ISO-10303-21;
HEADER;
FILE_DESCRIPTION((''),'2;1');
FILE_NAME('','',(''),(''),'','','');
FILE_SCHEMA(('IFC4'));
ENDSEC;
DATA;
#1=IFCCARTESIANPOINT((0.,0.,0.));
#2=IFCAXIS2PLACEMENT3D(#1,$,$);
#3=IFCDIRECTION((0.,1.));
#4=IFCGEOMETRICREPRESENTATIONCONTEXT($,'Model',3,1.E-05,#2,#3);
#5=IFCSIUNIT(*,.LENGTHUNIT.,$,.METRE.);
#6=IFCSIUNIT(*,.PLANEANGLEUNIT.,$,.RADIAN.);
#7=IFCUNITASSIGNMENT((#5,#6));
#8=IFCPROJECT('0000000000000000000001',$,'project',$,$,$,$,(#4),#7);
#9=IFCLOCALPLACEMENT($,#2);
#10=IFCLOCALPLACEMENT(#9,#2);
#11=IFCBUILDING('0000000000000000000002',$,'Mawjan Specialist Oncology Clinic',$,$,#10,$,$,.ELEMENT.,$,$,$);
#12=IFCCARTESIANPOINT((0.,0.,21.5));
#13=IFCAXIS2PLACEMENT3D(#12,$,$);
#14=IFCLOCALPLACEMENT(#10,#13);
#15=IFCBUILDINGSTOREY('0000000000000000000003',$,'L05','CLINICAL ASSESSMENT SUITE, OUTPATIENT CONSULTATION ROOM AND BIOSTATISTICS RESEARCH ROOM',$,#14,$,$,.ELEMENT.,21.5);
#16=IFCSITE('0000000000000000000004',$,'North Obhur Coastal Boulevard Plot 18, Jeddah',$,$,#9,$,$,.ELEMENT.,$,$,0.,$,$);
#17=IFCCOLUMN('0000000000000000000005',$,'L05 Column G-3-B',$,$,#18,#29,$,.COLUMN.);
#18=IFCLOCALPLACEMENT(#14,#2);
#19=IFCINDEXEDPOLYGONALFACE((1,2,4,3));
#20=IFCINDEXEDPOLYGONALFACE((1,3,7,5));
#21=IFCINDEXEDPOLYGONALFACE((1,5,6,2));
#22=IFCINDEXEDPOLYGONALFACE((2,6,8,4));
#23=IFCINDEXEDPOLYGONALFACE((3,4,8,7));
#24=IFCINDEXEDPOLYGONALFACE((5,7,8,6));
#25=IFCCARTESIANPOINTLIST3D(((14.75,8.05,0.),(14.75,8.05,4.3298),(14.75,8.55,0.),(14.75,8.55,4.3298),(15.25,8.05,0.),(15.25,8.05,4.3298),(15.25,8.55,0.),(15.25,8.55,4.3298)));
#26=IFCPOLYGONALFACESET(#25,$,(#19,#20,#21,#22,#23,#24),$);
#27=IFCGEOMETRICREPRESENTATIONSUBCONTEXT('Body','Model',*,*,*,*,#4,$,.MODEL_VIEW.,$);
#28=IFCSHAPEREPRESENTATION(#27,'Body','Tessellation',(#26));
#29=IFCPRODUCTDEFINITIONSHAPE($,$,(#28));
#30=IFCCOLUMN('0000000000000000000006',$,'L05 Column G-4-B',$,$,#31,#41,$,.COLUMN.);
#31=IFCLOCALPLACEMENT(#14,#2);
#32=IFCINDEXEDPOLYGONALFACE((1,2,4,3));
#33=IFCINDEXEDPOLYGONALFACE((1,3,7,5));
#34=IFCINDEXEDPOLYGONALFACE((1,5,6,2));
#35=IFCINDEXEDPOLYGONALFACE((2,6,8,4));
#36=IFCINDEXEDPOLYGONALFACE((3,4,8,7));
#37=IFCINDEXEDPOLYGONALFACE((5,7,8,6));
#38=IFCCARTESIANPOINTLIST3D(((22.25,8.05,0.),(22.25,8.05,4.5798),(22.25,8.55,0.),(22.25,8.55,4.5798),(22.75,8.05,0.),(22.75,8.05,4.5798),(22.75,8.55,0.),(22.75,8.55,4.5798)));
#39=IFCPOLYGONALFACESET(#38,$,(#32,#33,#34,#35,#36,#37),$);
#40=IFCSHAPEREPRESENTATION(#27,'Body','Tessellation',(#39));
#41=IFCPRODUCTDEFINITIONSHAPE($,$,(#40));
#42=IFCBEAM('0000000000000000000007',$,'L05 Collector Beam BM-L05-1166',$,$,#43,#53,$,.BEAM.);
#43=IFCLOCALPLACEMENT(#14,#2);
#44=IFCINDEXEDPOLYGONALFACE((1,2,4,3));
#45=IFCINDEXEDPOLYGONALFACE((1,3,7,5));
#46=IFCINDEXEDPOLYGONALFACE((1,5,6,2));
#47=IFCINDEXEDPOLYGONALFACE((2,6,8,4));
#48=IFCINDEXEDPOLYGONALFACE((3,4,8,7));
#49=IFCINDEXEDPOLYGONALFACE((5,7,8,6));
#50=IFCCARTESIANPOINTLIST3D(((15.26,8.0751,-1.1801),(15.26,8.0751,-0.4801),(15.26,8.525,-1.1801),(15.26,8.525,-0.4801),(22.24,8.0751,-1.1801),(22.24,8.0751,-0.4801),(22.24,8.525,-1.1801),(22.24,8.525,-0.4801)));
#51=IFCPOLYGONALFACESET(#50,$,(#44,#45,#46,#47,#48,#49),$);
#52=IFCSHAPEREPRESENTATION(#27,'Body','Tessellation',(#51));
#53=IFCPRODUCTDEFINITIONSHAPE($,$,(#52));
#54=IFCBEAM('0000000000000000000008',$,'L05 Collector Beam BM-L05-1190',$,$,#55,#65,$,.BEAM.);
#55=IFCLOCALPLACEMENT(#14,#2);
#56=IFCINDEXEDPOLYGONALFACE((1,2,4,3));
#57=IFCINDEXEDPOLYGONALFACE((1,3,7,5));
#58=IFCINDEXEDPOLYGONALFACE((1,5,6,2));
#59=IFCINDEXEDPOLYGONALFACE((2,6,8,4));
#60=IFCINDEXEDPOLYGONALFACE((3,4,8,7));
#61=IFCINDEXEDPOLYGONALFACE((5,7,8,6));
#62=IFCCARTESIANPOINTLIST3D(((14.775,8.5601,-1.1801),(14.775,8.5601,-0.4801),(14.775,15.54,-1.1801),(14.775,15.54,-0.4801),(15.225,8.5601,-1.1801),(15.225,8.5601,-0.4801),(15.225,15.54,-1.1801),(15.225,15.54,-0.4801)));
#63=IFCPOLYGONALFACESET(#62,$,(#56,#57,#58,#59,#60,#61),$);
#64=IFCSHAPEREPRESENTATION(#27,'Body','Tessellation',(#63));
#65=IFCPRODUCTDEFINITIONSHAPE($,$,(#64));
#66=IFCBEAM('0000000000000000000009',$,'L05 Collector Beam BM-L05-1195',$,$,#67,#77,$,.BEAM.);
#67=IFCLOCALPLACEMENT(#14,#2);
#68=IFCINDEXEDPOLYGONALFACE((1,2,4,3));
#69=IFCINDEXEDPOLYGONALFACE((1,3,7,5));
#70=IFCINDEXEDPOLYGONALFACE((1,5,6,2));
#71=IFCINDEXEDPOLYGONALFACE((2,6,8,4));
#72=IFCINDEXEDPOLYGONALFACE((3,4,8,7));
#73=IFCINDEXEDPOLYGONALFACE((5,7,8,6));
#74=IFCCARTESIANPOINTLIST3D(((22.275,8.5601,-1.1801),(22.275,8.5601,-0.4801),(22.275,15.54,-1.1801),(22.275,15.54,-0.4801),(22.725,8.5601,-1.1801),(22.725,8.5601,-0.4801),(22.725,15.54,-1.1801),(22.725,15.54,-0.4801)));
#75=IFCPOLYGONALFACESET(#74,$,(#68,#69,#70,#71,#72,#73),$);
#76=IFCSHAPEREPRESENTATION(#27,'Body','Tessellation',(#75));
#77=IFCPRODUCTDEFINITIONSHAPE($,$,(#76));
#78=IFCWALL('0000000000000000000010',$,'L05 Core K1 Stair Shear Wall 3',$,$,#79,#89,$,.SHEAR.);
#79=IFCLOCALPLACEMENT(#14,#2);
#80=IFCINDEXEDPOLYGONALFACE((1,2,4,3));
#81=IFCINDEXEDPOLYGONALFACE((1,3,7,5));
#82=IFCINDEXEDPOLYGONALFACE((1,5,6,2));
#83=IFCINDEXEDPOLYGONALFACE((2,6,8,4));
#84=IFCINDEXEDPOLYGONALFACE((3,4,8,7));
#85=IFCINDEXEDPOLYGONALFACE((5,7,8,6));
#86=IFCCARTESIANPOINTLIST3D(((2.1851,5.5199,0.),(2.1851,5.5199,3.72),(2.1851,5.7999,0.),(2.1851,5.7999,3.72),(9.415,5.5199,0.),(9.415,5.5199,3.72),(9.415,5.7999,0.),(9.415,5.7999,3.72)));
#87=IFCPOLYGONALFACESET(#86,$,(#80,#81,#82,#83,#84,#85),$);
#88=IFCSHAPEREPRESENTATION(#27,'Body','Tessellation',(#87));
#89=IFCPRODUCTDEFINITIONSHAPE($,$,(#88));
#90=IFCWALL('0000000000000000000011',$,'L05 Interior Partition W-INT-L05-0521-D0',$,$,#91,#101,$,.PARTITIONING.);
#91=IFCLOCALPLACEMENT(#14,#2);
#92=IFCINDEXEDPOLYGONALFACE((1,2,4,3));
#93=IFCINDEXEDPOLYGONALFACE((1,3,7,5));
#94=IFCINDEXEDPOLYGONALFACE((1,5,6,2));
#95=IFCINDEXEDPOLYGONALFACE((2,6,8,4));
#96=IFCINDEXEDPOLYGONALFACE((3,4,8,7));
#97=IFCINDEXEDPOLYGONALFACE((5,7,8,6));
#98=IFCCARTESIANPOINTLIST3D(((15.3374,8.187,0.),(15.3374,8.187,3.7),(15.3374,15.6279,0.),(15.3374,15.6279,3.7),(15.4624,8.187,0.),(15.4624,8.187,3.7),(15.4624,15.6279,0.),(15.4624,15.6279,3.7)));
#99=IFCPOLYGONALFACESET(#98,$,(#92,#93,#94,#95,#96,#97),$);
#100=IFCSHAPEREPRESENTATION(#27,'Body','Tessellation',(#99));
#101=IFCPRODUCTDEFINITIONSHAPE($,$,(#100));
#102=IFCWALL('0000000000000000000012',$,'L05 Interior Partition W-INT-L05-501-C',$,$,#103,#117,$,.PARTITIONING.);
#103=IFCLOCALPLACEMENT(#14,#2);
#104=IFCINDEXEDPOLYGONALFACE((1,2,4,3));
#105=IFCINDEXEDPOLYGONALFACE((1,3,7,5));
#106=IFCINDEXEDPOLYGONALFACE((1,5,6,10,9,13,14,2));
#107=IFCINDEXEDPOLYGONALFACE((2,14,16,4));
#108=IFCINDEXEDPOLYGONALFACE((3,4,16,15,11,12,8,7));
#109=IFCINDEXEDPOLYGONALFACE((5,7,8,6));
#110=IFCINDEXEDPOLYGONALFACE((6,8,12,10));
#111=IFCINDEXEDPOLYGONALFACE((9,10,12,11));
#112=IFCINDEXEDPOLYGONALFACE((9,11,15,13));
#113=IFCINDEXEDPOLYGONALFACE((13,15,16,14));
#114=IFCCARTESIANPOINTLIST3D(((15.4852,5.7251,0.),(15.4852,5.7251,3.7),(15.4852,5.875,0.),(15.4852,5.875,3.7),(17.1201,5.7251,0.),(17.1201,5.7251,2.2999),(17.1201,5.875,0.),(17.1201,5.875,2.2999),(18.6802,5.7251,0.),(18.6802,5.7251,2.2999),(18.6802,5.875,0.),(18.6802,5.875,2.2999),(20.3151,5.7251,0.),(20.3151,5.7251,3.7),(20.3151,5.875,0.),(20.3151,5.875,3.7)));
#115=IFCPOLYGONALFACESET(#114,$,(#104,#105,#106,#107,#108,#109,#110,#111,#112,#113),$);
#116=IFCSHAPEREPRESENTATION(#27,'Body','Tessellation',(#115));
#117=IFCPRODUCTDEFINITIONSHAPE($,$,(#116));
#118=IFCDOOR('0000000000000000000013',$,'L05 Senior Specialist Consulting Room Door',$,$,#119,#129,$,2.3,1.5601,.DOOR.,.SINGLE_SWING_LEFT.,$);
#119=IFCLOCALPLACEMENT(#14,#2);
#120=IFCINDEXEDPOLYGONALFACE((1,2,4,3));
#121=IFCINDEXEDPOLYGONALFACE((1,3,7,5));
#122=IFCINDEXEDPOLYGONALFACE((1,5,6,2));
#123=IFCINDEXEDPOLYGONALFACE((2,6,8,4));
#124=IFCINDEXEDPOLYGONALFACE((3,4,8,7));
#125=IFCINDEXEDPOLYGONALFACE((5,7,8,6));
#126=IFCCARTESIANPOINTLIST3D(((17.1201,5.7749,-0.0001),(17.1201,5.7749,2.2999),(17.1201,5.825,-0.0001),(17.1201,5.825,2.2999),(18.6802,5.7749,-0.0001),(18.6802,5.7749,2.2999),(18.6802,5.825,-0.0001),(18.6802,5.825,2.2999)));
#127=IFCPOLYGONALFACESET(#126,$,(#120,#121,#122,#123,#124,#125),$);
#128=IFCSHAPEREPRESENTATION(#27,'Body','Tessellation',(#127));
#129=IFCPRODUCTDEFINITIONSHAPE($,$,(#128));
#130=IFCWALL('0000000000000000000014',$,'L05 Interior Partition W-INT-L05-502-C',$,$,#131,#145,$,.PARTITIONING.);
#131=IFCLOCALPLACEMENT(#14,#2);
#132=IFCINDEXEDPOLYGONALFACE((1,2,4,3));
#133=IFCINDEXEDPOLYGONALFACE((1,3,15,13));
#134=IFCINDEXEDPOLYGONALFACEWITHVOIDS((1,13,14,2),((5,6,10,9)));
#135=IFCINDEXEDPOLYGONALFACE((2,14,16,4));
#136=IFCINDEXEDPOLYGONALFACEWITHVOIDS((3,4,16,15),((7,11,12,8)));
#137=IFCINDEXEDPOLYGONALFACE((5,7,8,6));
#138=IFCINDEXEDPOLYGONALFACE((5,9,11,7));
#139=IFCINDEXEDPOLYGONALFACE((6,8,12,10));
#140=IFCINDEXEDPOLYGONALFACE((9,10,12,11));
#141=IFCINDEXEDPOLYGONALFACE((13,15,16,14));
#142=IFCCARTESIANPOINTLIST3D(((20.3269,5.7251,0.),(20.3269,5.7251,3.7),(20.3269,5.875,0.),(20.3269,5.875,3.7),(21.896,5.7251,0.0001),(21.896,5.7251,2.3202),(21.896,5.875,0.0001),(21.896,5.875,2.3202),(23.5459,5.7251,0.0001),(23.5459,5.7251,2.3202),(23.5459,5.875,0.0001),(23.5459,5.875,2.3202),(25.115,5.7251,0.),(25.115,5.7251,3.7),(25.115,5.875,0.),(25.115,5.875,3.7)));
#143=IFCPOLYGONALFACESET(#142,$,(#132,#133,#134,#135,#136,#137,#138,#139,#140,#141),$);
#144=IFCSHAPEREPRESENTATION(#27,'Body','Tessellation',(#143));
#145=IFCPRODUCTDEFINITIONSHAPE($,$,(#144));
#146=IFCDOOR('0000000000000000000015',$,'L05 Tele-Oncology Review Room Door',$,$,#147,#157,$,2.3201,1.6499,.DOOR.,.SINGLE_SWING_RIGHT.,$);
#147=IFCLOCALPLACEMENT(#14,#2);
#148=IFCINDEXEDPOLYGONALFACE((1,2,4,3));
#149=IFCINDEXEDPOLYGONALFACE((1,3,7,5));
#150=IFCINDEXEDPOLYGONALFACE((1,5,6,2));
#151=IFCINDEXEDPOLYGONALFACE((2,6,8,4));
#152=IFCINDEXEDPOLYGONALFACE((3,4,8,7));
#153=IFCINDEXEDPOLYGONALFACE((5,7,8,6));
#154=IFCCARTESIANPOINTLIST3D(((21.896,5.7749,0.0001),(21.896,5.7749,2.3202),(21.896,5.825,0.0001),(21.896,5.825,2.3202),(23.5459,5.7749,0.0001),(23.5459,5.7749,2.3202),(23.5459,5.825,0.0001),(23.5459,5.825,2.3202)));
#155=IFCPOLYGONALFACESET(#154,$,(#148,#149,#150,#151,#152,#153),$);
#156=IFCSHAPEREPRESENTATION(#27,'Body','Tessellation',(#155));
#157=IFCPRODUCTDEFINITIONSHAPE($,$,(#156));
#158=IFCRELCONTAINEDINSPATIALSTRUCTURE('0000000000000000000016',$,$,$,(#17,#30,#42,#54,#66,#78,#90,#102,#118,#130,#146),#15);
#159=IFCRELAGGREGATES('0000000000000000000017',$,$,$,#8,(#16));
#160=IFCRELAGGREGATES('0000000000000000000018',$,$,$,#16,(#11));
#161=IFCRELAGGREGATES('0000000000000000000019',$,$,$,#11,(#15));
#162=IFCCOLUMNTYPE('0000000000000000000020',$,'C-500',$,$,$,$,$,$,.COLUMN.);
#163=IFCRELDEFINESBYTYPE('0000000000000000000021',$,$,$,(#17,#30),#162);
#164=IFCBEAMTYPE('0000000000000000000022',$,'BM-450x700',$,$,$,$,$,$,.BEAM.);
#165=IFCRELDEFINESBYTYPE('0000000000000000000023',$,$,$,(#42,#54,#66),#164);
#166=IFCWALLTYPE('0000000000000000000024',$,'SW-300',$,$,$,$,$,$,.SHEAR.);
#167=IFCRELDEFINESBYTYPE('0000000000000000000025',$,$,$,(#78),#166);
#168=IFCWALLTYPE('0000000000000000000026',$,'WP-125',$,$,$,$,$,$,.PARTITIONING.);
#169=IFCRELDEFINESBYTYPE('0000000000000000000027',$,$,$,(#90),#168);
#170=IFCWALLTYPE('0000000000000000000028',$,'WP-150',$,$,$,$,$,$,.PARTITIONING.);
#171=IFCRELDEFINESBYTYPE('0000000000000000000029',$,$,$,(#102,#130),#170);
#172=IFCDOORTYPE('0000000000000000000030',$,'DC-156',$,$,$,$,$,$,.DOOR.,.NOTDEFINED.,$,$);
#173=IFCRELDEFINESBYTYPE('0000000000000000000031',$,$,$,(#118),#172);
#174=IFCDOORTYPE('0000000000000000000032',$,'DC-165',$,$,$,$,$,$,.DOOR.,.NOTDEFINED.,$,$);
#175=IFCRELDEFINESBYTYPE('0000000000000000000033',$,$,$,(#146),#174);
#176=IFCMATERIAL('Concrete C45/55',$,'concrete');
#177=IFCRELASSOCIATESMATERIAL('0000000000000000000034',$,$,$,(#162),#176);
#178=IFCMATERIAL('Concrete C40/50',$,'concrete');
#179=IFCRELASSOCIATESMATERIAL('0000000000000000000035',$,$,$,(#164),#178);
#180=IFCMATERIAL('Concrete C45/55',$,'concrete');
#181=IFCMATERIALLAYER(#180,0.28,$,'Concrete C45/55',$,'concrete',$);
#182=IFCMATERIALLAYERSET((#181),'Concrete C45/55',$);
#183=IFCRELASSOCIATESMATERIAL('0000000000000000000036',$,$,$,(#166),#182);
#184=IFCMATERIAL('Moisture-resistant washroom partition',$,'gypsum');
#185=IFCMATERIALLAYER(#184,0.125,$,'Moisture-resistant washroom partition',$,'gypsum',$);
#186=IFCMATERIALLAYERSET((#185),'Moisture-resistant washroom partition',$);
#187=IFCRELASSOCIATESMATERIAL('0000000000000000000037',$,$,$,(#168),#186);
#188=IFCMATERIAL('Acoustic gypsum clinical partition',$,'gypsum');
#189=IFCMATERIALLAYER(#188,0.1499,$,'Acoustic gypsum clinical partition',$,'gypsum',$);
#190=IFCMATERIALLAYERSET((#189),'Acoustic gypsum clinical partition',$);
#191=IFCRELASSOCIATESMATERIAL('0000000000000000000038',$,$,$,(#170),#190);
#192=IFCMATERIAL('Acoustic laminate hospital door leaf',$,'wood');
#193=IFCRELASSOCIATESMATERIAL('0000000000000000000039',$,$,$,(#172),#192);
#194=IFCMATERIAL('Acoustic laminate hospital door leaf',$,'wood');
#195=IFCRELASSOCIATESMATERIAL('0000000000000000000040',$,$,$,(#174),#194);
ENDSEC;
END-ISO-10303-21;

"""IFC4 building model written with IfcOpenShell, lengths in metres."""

from ifc_helpers import new_model, si_unit, direction, frame, frame_2d, origin, origin_2d, place, context, subcontext, project, spatial, rectangle, extrude, material, layer, layer_set, material_profile, profile_set, type_object, element, fill, save


model = new_model("IFC4")

# Units and contexts
model_context = context("Model", 3, precision=1e-05, world=origin(), true_north=direction((0.0, 1.0)))
body_context = subcontext(model_context, "Body", "Model", "MODEL_VIEW")
ifc_project = project(units=[si_unit("LENGTHUNIT", "METRE"), si_unit("PLANEANGLEUNIT", "RADIAN")], contexts=[model_context])

# Site, building, storey
site_placement = place(None, origin())
site = spatial("IfcSite", under=ifc_project, at=site_placement, Name="North Obhur Coastal Boulevard Plot 18, Jeddah", CompositionType="ELEMENT", RefElevation=0.0)
building_placement = place(site_placement, origin())
building = spatial("IfcBuilding", under=site, at=building_placement, Name="Mawjan Specialist Oncology Clinic", CompositionType="ELEMENT")
storey_placement = place(building_placement, frame((0.0, 0.0, 21.5)))
storey = spatial("IfcBuildingStorey", under=building, at=storey_placement, Name="L05", Description="CLINICAL ASSESSMENT SUITE, OUTPATIENT CONSULTATION ROOM AND BIOSTATISTICS RESEARCH ROOM", CompositionType="ELEMENT", Elevation=21.5)

# Columns
ifc_material_1 = material(Name="Concrete C45/55", Category="concrete")
ifc_material_profile_1 = material_profile(ifc_material_1, rectangle(XDim=0.5, YDim=0.5, at=origin_2d()), Name="RC COL 500x500", Category="concrete")
ifc_profile_set_1 = profile_set([ifc_material_profile_1], Name="Concrete C45/55")
column_type = type_object("IfcColumnType", Name="C-500", PredefinedType="COLUMN", material=ifc_profile_set_1)
column_1_placement = place(storey_placement, frame((15.0, 8.3, 0.0), z_axis=(0.0, 0.0, 1.0), x_axis=(1.0, 0.0, 0.0)))
element("IfcColumn", 1, at=column_1_placement, inside=storey, type_object=column_type, Name="L05 Column G-3-B", PredefinedType="COLUMN", context=body_context, shape_type="SweptSolid", body=[
    extrude(rectangle(XDim=0.5, YDim=0.5, at=origin_2d()), origin(), (0.0, 0.0, 1.0), 4.3298),
])
column_2_placement = place(storey_placement, frame((22.5, 8.3, 0.0), z_axis=(0.0, 0.0, 1.0), x_axis=(1.0, 0.0, 0.0)))
element("IfcColumn", 2, at=column_2_placement, inside=storey, type_object=column_type, Name="L05 Column G-4-B", PredefinedType="COLUMN", context=body_context, shape_type="SweptSolid", body=[
    extrude(rectangle(XDim=0.5, YDim=0.5, at=origin_2d()), origin(), (0.0, 0.0, 1.0), 4.5798),
])

# Beams
ifc_material_2 = material(Name="Concrete C40/50", Category="concrete")
ifc_material_profile_2 = material_profile(ifc_material_2, rectangle(XDim=0.45, YDim=0.7, at=origin_2d()), Name="RC BM 450x700", Category="concrete")
ifc_profile_set_2 = profile_set([ifc_material_profile_2], Name="Concrete C40/50")
beam_type = type_object("IfcBeamType", Name="BM-450x700", PredefinedType="BEAM", material=ifc_profile_set_2)
for number, where, z_axis, x_axis, name in (
    (3, (15.26, 8.3, -0.8301), (1.0, 0.0, 0.0), (0.0, 1.0, 0.0), "L05 Collector Beam BM-L05-1166"),
    (4, (15.0, 8.5601, -0.8301), (0.0, 1.0, 0.0), (-1.0, 0.0, 0.0), "L05 Collector Beam BM-L05-1190"),
    (5, (22.5, 8.5601, -0.8301), (0.0, 1.0, 0.0), (-1.0, 0.0, 0.0), "L05 Collector Beam BM-L05-1195"),
):
    element("IfcBeam", number, at=place(storey_placement, frame(where, z_axis=z_axis, x_axis=x_axis)), inside=storey, type_object=beam_type, Name=name, PredefinedType="BEAM", context=body_context, shape_type="SweptSolid", body=[
        extrude(rectangle(XDim=0.45, YDim=0.7, at=origin_2d()), origin(), (0.0, 0.0, 1.0), 6.98),
    ])

# Wall
ifc_material_3 = material(Name="Concrete C45/55", Category="concrete")
ifc_layer_1 = layer(ifc_material_3, 0.28, Name="Concrete C45/55", Category="concrete")
ifc_layer_set_1 = layer_set([ifc_layer_1], Name="Concrete C45/55")
wall_type_1 = type_object("IfcWallType", Name="SW-300", PredefinedType="SHEAR", material=ifc_layer_set_1)
wall_1_placement = place(storey_placement, frame((9.415, 5.6599, 0.0), z_axis=(0.0, 0.0, 1.0), x_axis=(-1.0, 0.0, 0.0)))
element("IfcWall", 6, at=wall_1_placement, inside=storey, type_object=wall_type_1, Name="L05 Core K1 Stair Shear Wall 3", PredefinedType="SHEAR", context=body_context, shape_type="SweptSolid", body=[
    extrude(rectangle(XDim=7.23, YDim=0.28, at=frame_2d((3.615, 0.0))), origin(), (0.0, 0.0, 1.0), 3.72),
])

# Wall
ifc_material_4 = material(Name="Moisture-resistant washroom partition", Category="gypsum")
ifc_layer_2 = layer(ifc_material_4, 0.125, Name="Moisture-resistant washroom partition", Category="gypsum")
ifc_layer_set_2 = layer_set([ifc_layer_2], Name="Moisture-resistant washroom partition")
wall_type_2 = type_object("IfcWallType", Name="WP-125", PredefinedType="PARTITIONING", material=ifc_layer_set_2)
wall_2_placement = place(storey_placement, frame((15.3999, 8.187, 0.0), z_axis=(0.0, 0.0, 1.0), x_axis=(0.0, 1.0, 0.0)))
element("IfcWall", 7, at=wall_2_placement, inside=storey, type_object=wall_type_2, Name="L05 Interior Partition W-INT-L05-0521-D0", PredefinedType="PARTITIONING", context=body_context, shape_type="SweptSolid", body=[
    extrude(rectangle(XDim=7.4409, YDim=0.125, at=frame_2d((3.7205, 0.0))), origin(), (0.0, 0.0, 1.0), 3.7),
])

# Walls, openings, doors
ifc_material_5 = material(Name="Acoustic gypsum clinical partition", Category="gypsum")
ifc_layer_3 = layer(ifc_material_5, 0.1499, Name="Acoustic gypsum clinical partition", Category="gypsum")
ifc_layer_set_3 = layer_set([ifc_layer_3], Name="Acoustic gypsum clinical partition")
wall_type_3 = type_object("IfcWallType", Name="WP-150", PredefinedType="PARTITIONING", material=ifc_layer_set_3)
wall_3_placement = place(storey_placement, frame((15.4851, 5.8, 0.0), z_axis=(0.0, 0.0, 1.0), x_axis=(1.0, 0.0, 0.0)))
wall_3 = element("IfcWall", 8, at=wall_3_placement, inside=storey, type_object=wall_type_3, Name="L05 Interior Partition W-INT-L05-501-C", PredefinedType="PARTITIONING", context=body_context, shape_type="SweptSolid", body=[
    extrude(rectangle(XDim=4.8298, YDim=0.1499, at=frame_2d((2.415, 0.0))), origin(), (0.0, 0.0, 1.0), 3.7),
])
opening_1_placement = place(wall_3_placement, frame((1.635, 0.0, 0.0)))
opening_1 = element("IfcOpeningElement", 9, at=opening_1_placement, cuts=wall_3, PredefinedType="OPENING", context=body_context, shape_type="SweptSolid", body=[
    extrude(rectangle(XDim=1.5601, YDim=2.3, at=frame_2d((0.78, 1.1499))), frame((0.0, 0.0869, 0.0), z_axis=(0.0, -1.0, 0.0), x_axis=(1.0, 0.0, 0.0)), (0.0, 0.0, 1.0), 0.1738),
])
ifc_material_6 = material(Name="Acoustic laminate hospital door leaf", Category="wood")
door_type_1 = type_object("IfcDoorType", Name="DC-156", OperationType="NOTDEFINED", PredefinedType="DOOR", material=ifc_material_6)
door_1_placement = place(opening_1_placement, origin())
door_1 = element("IfcDoor", 10, at=door_1_placement, inside=storey, type_object=door_type_1, Name="L05 Senior Specialist Consulting Room Door", OperationType="SINGLE_SWING_LEFT", OverallHeight=2.3, OverallWidth=1.5601, PredefinedType="DOOR", context=body_context, shape_type="SweptSolid", body=[
    extrude(rectangle(XDim=1.5601, YDim=2.3, at=frame_2d((0.78, 1.1499))), frame((0.0, 0.0249, 0.0), z_axis=(0.0, -1.0, 0.0), x_axis=(1.0, 0.0, 0.0)), (0.0, 0.0, 1.0), 0.05),
])
fill(opening_1, door_1)
wall_4_placement = place(storey_placement, frame((20.3269, 5.8, 0.0), z_axis=(0.0, 0.0, 1.0), x_axis=(1.0, 0.0, 0.0)))
wall_4 = element("IfcWall", 11, at=wall_4_placement, inside=storey, type_object=wall_type_3, Name="L05 Interior Partition W-INT-L05-502-C", PredefinedType="PARTITIONING", context=body_context, shape_type="SweptSolid", body=[
    extrude(rectangle(XDim=4.7881, YDim=0.1499, at=frame_2d((2.394, 0.0))), origin(), (0.0, 0.0, 1.0), 3.7),
])
opening_2_placement = place(wall_4_placement, frame((1.5691, 0.0, 0.0)))
opening_2 = element("IfcOpeningElement", 12, at=opening_2_placement, cuts=wall_4, PredefinedType="OPENING", context=body_context, shape_type="SweptSolid", body=[
    extrude(rectangle(XDim=1.6499, YDim=2.3201, at=frame_2d((0.825, 1.1602))), frame((0.0, 0.0869, 0.0), z_axis=(0.0, -1.0, 0.0), x_axis=(1.0, 0.0, 0.0)), (0.0, 0.0, 1.0), 0.1738),
])
ifc_material_7 = material(Name="Acoustic laminate hospital door leaf", Category="wood")
door_type_2 = type_object("IfcDoorType", Name="DC-165", OperationType="NOTDEFINED", PredefinedType="DOOR", material=ifc_material_7)
door_2_placement = place(opening_2_placement, origin())
door_2 = element("IfcDoor", 13, at=door_2_placement, inside=storey, type_object=door_type_2, Name="L05 Tele-Oncology Review Room Door", OperationType="SINGLE_SWING_RIGHT", OverallHeight=2.3201, OverallWidth=1.6499, PredefinedType="DOOR", context=body_context, shape_type="SweptSolid", body=[
    extrude(rectangle(XDim=1.6499, YDim=2.3201, at=frame_2d((0.825, 1.1602))), frame((0.0, 0.0249, 0.0), z_axis=(0.0, -1.0, 0.0), x_axis=(1.0, 0.0, 0.0)), (0.0, 0.0, 1.0), 0.05),
])
fill(opening_2, door_2)

save(model, "model.ifc")
